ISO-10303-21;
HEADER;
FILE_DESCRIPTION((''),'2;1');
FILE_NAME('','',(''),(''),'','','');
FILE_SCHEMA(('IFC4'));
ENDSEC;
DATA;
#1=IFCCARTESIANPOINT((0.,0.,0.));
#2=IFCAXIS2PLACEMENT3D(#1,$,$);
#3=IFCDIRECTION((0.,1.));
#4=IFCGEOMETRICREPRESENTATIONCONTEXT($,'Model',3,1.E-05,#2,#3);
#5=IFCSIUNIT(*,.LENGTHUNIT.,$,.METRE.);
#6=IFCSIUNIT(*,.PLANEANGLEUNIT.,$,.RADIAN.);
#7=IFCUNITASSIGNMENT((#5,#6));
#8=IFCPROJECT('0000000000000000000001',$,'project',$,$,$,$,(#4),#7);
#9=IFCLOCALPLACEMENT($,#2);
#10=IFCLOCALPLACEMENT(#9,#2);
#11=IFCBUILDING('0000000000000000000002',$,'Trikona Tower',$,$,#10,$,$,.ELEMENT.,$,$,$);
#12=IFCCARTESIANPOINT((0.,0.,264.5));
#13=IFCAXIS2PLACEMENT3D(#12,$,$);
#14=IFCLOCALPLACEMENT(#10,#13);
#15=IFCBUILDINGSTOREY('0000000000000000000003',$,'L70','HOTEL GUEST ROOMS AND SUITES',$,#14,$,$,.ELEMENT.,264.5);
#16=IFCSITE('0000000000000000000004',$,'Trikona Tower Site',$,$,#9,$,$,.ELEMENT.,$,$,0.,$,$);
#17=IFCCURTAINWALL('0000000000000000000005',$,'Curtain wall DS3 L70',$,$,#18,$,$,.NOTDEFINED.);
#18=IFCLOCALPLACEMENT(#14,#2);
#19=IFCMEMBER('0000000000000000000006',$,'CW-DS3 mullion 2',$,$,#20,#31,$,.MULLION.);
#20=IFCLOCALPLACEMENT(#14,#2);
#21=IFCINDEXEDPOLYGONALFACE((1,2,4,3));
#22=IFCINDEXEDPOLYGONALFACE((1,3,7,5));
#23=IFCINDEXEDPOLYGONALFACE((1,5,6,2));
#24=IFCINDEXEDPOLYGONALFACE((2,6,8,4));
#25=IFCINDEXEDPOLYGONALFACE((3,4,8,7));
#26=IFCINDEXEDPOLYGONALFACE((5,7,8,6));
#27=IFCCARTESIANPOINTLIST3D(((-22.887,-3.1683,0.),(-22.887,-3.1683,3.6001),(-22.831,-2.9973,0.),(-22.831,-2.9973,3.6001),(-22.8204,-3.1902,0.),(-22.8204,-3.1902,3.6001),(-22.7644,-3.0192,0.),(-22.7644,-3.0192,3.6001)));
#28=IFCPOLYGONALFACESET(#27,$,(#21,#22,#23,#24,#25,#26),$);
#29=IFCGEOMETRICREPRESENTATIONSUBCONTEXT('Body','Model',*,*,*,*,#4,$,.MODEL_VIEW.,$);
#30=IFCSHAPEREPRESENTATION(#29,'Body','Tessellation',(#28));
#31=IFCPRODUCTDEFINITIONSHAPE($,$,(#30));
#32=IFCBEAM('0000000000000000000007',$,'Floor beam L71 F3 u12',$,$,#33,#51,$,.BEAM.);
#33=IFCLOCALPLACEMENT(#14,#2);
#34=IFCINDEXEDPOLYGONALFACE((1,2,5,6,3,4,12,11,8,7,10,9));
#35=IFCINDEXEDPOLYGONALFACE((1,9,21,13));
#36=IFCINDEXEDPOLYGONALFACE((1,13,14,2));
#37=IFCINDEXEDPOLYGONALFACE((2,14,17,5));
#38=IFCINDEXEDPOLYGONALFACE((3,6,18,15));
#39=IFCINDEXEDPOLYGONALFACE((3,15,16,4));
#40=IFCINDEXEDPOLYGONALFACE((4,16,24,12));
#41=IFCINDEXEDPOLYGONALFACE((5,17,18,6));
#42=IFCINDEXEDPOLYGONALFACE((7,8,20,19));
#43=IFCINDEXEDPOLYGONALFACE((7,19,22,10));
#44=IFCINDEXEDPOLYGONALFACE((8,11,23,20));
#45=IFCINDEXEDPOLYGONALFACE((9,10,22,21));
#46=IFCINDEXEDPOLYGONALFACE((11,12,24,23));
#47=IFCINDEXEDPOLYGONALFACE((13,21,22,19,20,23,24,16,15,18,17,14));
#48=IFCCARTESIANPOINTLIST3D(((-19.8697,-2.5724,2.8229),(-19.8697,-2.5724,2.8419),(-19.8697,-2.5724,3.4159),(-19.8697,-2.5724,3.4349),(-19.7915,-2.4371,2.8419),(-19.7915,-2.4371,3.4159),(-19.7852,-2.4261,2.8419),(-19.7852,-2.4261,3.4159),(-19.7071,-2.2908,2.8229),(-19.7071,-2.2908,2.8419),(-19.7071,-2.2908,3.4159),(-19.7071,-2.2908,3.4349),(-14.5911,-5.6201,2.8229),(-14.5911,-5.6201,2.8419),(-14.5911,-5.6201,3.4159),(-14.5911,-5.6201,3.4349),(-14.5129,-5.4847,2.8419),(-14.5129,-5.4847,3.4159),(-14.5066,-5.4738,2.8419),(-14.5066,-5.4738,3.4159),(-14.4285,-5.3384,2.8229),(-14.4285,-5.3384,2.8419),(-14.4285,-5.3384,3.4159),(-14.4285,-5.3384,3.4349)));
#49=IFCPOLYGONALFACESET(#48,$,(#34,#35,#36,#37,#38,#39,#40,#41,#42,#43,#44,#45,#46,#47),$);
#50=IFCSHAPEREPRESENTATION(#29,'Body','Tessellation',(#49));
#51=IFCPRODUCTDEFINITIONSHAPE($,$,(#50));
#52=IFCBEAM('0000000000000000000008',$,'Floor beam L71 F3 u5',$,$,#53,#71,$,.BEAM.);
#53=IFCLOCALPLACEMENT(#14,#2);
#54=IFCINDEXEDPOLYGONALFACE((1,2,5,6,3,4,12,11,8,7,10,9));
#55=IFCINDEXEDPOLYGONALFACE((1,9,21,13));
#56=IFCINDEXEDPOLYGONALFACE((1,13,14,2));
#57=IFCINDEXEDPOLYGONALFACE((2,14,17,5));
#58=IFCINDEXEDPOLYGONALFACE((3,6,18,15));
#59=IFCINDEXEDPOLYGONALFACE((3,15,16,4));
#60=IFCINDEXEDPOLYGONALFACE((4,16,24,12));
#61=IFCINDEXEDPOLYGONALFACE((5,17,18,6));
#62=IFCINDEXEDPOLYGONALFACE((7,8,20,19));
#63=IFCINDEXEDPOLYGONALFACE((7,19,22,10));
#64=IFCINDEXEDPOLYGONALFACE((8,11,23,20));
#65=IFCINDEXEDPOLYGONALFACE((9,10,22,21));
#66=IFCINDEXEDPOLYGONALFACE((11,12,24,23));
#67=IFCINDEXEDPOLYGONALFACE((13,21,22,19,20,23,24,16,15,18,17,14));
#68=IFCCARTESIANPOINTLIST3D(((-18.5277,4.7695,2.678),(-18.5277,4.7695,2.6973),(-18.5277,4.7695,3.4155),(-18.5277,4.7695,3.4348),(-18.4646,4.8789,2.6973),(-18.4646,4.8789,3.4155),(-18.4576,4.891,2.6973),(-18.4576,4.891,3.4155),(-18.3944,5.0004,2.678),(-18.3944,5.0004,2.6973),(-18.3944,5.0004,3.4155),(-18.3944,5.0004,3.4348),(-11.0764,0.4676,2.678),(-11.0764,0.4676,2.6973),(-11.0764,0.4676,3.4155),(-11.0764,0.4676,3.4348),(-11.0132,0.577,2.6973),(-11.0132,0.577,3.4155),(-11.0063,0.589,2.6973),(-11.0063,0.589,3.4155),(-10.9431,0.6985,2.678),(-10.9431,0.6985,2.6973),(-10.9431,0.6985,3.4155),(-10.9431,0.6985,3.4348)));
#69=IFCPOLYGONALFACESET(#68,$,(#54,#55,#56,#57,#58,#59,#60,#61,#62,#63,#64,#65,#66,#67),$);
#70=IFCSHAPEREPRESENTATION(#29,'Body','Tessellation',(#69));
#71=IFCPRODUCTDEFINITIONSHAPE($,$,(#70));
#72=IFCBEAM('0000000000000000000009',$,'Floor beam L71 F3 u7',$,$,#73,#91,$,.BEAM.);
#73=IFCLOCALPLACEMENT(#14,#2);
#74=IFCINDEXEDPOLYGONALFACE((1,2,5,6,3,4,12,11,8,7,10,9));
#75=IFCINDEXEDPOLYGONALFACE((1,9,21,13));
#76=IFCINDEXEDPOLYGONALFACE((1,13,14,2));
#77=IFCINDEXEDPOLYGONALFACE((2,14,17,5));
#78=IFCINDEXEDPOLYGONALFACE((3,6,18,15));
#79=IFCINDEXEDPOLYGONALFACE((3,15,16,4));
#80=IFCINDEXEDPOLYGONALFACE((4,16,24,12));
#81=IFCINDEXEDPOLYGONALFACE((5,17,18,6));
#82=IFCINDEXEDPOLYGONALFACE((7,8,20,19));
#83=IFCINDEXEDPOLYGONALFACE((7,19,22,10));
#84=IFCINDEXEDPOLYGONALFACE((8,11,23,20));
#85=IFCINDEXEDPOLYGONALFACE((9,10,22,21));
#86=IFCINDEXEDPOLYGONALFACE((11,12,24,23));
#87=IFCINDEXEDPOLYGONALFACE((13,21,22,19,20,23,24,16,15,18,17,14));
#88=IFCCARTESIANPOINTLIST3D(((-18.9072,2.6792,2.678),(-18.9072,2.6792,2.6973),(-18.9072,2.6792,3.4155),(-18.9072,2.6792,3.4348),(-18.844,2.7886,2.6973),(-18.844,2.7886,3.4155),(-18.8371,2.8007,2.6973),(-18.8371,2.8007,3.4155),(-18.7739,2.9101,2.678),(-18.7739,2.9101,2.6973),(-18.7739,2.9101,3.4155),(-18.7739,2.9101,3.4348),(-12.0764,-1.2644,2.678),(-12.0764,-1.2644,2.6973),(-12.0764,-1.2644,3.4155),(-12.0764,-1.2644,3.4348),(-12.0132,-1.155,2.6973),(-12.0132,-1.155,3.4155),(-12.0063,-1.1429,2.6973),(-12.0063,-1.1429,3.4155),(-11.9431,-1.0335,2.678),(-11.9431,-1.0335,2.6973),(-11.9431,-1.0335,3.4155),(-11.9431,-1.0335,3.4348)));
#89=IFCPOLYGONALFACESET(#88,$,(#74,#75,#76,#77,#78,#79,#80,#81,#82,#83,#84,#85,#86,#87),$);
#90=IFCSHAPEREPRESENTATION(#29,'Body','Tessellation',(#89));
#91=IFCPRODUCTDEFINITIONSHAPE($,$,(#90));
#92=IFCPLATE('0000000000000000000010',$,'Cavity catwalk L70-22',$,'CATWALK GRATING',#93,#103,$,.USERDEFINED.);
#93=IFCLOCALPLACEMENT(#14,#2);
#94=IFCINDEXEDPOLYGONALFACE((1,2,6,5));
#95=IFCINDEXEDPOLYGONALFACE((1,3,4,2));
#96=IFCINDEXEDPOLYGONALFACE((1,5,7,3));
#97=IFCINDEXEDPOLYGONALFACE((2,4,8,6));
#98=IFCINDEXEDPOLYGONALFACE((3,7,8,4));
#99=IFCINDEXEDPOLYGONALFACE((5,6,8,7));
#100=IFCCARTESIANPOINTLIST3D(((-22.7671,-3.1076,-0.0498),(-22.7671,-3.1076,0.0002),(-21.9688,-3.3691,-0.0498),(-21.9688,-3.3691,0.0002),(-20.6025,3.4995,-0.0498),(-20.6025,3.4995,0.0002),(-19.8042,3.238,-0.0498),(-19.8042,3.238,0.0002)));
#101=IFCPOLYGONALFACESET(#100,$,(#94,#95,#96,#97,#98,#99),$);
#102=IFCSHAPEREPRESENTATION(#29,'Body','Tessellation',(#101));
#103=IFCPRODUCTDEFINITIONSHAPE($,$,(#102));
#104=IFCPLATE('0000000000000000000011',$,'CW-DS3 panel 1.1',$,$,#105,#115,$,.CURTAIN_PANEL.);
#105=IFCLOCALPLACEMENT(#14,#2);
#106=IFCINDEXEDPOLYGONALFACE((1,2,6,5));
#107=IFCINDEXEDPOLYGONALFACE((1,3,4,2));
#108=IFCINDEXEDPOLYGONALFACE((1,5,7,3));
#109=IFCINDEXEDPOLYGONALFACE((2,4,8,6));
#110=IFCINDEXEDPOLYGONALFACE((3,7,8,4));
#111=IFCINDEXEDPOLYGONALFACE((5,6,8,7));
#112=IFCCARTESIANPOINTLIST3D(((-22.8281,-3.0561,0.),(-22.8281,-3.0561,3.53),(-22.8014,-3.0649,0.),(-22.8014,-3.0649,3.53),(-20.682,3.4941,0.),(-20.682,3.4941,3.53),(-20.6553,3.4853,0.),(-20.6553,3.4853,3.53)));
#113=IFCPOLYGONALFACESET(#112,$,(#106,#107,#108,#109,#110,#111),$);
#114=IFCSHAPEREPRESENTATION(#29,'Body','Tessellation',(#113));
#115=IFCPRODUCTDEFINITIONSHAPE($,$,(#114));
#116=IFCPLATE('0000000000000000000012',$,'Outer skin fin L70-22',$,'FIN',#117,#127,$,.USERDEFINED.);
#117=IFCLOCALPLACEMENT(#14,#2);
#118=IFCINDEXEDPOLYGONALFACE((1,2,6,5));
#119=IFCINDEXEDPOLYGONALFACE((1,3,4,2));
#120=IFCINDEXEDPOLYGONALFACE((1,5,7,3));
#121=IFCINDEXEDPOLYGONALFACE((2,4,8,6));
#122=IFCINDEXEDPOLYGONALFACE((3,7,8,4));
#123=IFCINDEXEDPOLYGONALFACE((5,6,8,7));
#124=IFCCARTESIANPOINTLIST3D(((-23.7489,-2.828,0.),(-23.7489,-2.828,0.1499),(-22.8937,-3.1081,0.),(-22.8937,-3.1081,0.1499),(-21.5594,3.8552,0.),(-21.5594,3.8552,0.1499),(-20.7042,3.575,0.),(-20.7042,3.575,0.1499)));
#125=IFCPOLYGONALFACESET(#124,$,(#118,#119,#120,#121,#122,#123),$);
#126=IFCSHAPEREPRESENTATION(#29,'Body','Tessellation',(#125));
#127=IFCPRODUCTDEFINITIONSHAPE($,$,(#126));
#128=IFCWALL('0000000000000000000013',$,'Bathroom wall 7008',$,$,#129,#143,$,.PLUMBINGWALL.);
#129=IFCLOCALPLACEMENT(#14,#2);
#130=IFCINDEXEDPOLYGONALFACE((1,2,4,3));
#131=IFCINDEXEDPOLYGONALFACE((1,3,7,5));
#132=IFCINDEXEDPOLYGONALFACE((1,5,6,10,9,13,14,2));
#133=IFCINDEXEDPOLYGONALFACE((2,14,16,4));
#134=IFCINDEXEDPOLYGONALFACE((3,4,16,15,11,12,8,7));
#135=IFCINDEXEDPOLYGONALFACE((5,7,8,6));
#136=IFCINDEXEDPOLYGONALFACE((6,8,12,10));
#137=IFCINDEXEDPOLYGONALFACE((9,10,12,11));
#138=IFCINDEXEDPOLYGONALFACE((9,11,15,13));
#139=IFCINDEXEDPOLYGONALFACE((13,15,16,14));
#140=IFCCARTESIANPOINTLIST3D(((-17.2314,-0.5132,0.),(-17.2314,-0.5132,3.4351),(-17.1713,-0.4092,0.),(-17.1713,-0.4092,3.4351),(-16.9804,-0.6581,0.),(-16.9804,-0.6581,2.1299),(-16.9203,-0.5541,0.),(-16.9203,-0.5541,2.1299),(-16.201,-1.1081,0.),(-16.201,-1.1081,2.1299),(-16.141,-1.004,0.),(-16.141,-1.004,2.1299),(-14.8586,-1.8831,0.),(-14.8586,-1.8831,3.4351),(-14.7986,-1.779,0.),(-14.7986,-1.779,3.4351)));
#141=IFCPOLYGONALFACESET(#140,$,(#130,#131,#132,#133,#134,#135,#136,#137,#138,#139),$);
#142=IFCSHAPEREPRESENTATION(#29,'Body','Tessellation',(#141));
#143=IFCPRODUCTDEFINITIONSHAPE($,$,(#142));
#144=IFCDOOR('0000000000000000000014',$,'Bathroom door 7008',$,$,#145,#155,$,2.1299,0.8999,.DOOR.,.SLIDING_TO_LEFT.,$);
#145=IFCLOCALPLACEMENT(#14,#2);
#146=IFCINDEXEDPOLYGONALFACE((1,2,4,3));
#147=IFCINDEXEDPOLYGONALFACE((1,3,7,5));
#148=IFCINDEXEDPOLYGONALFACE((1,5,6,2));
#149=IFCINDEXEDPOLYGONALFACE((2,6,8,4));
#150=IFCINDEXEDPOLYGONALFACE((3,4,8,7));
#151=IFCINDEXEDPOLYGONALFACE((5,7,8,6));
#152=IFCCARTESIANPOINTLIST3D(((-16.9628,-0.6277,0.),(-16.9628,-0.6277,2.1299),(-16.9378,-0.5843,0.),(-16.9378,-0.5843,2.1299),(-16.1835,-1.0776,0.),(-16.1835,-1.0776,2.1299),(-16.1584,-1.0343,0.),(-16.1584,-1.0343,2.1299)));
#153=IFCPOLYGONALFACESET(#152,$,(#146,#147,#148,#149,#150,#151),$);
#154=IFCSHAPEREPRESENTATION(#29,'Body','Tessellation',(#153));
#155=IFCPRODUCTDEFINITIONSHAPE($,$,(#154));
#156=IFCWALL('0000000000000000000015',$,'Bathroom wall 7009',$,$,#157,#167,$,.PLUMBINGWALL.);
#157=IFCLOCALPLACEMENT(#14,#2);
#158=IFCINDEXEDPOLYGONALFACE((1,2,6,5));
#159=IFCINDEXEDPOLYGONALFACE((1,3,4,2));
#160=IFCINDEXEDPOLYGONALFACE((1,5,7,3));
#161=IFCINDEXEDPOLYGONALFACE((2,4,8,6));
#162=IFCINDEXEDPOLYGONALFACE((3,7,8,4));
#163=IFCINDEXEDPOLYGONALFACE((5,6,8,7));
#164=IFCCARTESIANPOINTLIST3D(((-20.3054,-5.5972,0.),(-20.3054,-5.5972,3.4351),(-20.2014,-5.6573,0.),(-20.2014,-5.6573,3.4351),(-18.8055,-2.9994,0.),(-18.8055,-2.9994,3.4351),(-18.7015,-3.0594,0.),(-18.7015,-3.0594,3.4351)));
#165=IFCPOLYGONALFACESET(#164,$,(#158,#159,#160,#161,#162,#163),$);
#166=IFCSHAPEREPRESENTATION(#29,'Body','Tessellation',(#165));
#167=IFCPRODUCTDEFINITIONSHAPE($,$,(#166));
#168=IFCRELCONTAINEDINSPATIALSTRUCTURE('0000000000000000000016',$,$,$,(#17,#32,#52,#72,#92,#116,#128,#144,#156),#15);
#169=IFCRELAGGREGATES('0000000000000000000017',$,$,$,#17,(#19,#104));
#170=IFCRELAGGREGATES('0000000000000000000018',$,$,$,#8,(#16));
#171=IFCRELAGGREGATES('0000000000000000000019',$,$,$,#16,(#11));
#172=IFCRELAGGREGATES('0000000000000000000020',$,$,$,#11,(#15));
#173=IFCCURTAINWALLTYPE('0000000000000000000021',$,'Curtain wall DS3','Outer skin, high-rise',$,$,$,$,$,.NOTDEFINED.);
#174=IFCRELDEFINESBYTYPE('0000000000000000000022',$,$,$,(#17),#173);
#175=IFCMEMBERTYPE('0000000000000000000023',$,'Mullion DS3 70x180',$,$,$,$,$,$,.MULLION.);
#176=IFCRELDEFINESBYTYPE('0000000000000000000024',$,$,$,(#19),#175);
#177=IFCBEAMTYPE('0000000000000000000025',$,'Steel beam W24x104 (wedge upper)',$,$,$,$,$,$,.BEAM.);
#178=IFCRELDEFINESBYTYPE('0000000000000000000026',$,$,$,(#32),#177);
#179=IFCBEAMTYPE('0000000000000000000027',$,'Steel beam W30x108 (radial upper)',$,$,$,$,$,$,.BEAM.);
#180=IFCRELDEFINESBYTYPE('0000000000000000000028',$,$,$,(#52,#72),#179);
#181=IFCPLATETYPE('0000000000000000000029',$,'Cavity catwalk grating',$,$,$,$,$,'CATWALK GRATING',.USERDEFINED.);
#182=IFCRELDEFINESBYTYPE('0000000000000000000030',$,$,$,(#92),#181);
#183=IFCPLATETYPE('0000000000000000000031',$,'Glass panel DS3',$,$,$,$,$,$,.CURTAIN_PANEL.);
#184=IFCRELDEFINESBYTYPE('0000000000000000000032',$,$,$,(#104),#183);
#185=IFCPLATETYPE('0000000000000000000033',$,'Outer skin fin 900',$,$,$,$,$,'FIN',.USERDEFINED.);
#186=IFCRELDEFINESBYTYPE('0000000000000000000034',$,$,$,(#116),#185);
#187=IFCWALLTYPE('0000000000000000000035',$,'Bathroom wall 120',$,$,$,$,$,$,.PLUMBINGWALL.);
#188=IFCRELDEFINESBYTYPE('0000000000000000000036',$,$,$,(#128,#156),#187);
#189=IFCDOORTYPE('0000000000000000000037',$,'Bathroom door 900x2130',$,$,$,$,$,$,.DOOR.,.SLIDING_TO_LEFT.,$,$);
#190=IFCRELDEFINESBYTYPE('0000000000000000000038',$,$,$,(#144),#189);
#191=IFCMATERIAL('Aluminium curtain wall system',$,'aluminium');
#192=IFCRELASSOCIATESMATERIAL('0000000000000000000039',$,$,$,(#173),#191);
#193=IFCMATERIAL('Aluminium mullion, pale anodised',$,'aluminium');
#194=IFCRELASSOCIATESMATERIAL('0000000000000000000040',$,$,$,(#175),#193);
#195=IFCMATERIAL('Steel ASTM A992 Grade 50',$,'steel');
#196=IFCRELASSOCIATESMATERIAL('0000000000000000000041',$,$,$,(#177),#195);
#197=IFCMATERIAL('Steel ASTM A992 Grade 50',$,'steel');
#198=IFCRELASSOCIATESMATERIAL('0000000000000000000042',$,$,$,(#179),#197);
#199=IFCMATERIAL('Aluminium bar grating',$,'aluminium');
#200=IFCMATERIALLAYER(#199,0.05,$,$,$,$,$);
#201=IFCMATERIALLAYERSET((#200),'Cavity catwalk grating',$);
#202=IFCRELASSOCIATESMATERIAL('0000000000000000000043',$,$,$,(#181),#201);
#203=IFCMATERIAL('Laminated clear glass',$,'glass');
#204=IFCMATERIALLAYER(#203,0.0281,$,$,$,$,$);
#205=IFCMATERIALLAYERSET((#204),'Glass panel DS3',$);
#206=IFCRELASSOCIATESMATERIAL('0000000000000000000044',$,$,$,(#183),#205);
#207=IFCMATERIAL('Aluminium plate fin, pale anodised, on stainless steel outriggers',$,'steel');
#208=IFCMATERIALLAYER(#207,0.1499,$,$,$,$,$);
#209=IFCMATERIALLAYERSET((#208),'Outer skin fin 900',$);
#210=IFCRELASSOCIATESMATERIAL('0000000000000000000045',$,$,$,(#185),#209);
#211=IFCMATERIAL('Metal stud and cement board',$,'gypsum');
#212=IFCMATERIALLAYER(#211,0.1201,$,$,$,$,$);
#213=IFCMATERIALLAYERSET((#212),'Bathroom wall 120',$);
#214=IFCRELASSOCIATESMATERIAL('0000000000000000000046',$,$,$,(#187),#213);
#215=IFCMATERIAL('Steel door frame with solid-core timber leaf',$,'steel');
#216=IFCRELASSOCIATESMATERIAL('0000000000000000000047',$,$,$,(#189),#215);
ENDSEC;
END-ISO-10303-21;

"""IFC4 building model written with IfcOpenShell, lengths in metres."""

from ifc_helpers import new_model, si_unit, direction, frame, frame_2d, origin, origin_2d, place, context, subcontext, project, spatial, rectangle, i_section, extrude, material, layer, layer_set, material_profile, profile_set, type_object, element, fill, aggregate, save


model = new_model("IFC4")

# Units and contexts
model_context = context("Model", 3, precision=1e-05, world=origin(), true_north=direction((0.0, 1.0)))
body_context = subcontext(model_context, "Body", "Model", "MODEL_VIEW")
ifc_project = project(units=[si_unit("LENGTHUNIT", "METRE"), si_unit("PLANEANGLEUNIT", "RADIAN")], contexts=[model_context])

# Site, building, storey
site_placement = place(None, origin())
site = spatial("IfcSite", under=ifc_project, at=site_placement, Name="Trikona Tower Site", CompositionType="ELEMENT", RefElevation=0.0)
building_placement = place(site_placement, origin())
building = spatial("IfcBuilding", under=site, at=building_placement, Name="Trikona Tower", CompositionType="ELEMENT")
storey_placement = place(building_placement, frame((0.0, 0.0, 264.5)))
storey = spatial("IfcBuildingStorey", under=building, at=storey_placement, Name="L70", Description="HOTEL GUEST ROOMS AND SUITES", CompositionType="ELEMENT", Elevation=264.5)

# Curtain wall, member
ifc_material_1 = material(Name="Aluminium curtain wall system", Category="aluminium")
curtain_wall_type = type_object("IfcCurtainWallType", Name="Curtain wall DS3", Description="Outer skin, high-rise", PredefinedType="NOTDEFINED", material=ifc_material_1)
curtain_wall_placement = place(storey_placement, origin())
curtain_wall = element("IfcCurtainWall", 1, at=curtain_wall_placement, inside=storey, type_object=curtain_wall_type, Name="Curtain wall DS3 L70", PredefinedType="NOTDEFINED")
ifc_material_2 = material(Name="Aluminium mullion, pale anodised", Category="aluminium")
ifc_material_profile_1 = material_profile(ifc_material_2, rectangle(XDim=0.0701, YDim=0.1799, at=origin_2d()), Name="MUL-DS3")
ifc_profile_set_1 = profile_set([ifc_material_profile_1], Name="Aluminium mullion, pale anodised")
member_type = type_object("IfcMemberType", Name="Mullion DS3 70x180", PredefinedType="MULLION", material=ifc_profile_set_1)
member_placement = place(storey_placement, frame((-22.8257, -3.0938, 0.0), z_axis=(0.0, 0.0, 1.0), x_axis=(0.950297, -0.311344, 0.0)))
member = element("IfcMember", 2, at=member_placement, type_object=member_type, Name="CW-DS3 mullion 2", PredefinedType="MULLION", context=body_context, shape_type="SweptSolid", body=[
    extrude(rectangle(XDim=0.0701, YDim=0.1799, at=origin_2d()), origin(), (0.0, 0.0, 1.0), 3.6001),
])

# Beams
ifc_material_3 = material(Name="Steel ASTM A992 Grade 50", Category="steel")
ifc_material_profile_2 = material_profile(ifc_material_3, i_section(OverallWidth=0.3252, OverallDepth=0.6121, WebThickness=0.0127, FlangeThickness=0.019, at=origin_2d()), Name="W24X104")
ifc_profile_set_2 = profile_set([ifc_material_profile_2], Name="Steel ASTM A992 Grade 50")
beam_type_1 = type_object("IfcBeamType", Name="Steel beam W24x104 (wedge upper)", PredefinedType="BEAM", material=ifc_profile_set_2)
beam_1_placement = place(storey_placement, frame((-14.5098, -5.4792, 3.1289), z_axis=(-0.866023, 0.500003, 0.0), x_axis=(-0.500003, -0.866023, 0.0)))
element("IfcBeam", 3, at=beam_1_placement, inside=storey, type_object=beam_type_1, Name="Floor beam L71 F3 u12", PredefinedType="BEAM", context=body_context, shape_type="SweptSolid", body=[
    extrude(i_section(OverallWidth=0.3252, OverallDepth=0.6121, WebThickness=0.0127, FlangeThickness=0.019, at=origin_2d()), origin(), (0.0, 0.0, 1.0), 6.0952),
])
ifc_material_4 = material(Name="Steel ASTM A992 Grade 50", Category="steel")
ifc_material_profile_3 = material_profile(ifc_material_4, i_section(OverallWidth=0.2666, OverallDepth=0.7568, WebThickness=0.0139, FlangeThickness=0.0193, at=origin_2d()), Name="W30X108")
ifc_profile_set_3 = profile_set([ifc_material_profile_3], Name="Steel ASTM A992 Grade 50")
beam_type_2 = type_object("IfcBeamType", Name="Steel beam W30x108 (radial upper)", PredefinedType="BEAM", material=ifc_profile_set_3)
beam_2_placement = place(storey_placement, frame((-11.0098, 0.583, 3.0564), z_axis=(-0.866029, 0.499993, 0.0), x_axis=(-0.499993, -0.866029, 0.0)))
element("IfcBeam", 4, at=beam_2_placement, inside=storey, type_object=beam_type_2, Name="Floor beam L71 F3 u5", PredefinedType="BEAM", context=body_context, shape_type="SweptSolid", body=[
    extrude(i_section(OverallWidth=0.2666, OverallDepth=0.7568, WebThickness=0.0139, FlangeThickness=0.0193, at=origin_2d()), origin(), (0.0, 0.0, 1.0), 8.604),
])
beam_3_placement = place(storey_placement, frame((-12.0098, -1.1489, 3.0564), z_axis=(-0.866035, 0.499984, 0.0), x_axis=(-0.499984, -0.866035, 0.0)))
element("IfcBeam", 5, at=beam_3_placement, inside=storey, type_object=beam_type_2, Name="Floor beam L71 F3 u7", PredefinedType="BEAM", context=body_context, shape_type="SweptSolid", body=[
    extrude(i_section(OverallWidth=0.2666, OverallDepth=0.7568, WebThickness=0.0139, FlangeThickness=0.0193, at=origin_2d()), origin(), (0.0, 0.0, 1.0), 7.8875),
])

# Plates
ifc_material_5 = material(Name="Aluminium bar grating", Category="aluminium")
ifc_layer_1 = layer(ifc_material_5, 0.05)
ifc_layer_set_1 = layer_set([ifc_layer_1], Name="Cavity catwalk grating")
plate_type_1 = type_object("IfcPlateType", Name="Cavity catwalk grating", ElementType="CATWALK GRATING", PredefinedType="USERDEFINED", material=ifc_layer_set_1)
plate_1_placement = place(storey_placement, frame((-21.2856, 0.0652, -0.0498), z_axis=(0.0, 0.0, 1.0), x_axis=(-0.311337, -0.9503, 0.0)))
element("IfcPlate", 6, at=plate_1_placement, inside=storey, type_object=plate_type_1, Name="Cavity catwalk L70-22", ObjectType="CATWALK GRATING", PredefinedType="USERDEFINED", context=body_context, shape_type="SweptSolid", body=[
    extrude(rectangle(XDim=6.9526, YDim=0.8401, at=origin_2d()), origin(), (0.0, 0.0, 1.0), 0.05),
])
ifc_material_6 = material(Name="Laminated clear glass", Category="glass")
ifc_layer_2 = layer(ifc_material_6, 0.0281)
ifc_layer_set_2 = layer_set([ifc_layer_2], Name="Glass panel DS3")
plate_type_2 = type_object("IfcPlateType", Name="Glass panel DS3", PredefinedType="CURTAIN_PANEL", material=ifc_layer_set_2)
plate_2_placement = place(storey_placement, frame((-21.7417, 0.2146, 0.0), z_axis=(0.0, 0.0, 1.0), x_axis=(-0.311344, -0.950297, 0.0)))
plate_2 = element("IfcPlate", 7, at=plate_2_placement, type_object=plate_type_2, Name="CW-DS3 panel 1.1", PredefinedType="CURTAIN_PANEL", context=body_context, shape_type="SweptSolid", body=[
    extrude(rectangle(XDim=6.8928, YDim=0.0281, at=origin_2d()), origin(), (0.0, 0.0, 1.0), 3.53),
])
aggregate(curtain_wall, [member, plate_2])
ifc_material_7 = material(Name="Aluminium plate fin, pale anodised, on stainless steel outriggers", Category="steel")
ifc_layer_3 = layer(ifc_material_7, 0.1499)
ifc_layer_set_3 = layer_set([ifc_layer_3], Name="Outer skin fin 900")
plate_type_3 = type_object("IfcPlateType", Name="Outer skin fin 900", ElementType="FIN", PredefinedType="USERDEFINED", material=ifc_layer_set_3)
plate_3_placement = place(storey_placement, frame((-22.2266, 0.3735, 0.0), z_axis=(0.0, 0.0, 1.0), x_axis=(-0.311337, -0.9503, 0.0)))
element("IfcPlate", 8, at=plate_3_placement, inside=storey, type_object=plate_type_3, Name="Outer skin fin L70-22", ObjectType="FIN", PredefinedType="USERDEFINED", context=body_context, shape_type="SweptSolid", body=[
    extrude(rectangle(XDim=7.0327, YDim=0.8999, at=origin_2d()), origin(), (0.0, 0.0, 1.0), 0.1499),
])

# Wall, opening, door
ifc_material_8 = material(Name="Metal stud and cement board", Category="gypsum")
ifc_layer_4 = layer(ifc_material_8, 0.1201)
ifc_layer_set_4 = layer_set([ifc_layer_4], Name="Bathroom wall 120")
wall_type_1 = type_object("IfcWallType", Name="Bathroom wall 120", PredefinedType="PLUMBINGWALL", material=ifc_layer_set_4)
wall_1_placement = place(storey_placement, frame((-14.8286, -1.8311, 0.0), z_axis=(0.0, 0.0, 1.0), x_axis=(-0.866036, 0.499982, 0.0)))
wall_1 = element("IfcWall", 9, at=wall_1_placement, inside=storey, type_object=wall_type_1, Name="Bathroom wall 7008", PredefinedType="PLUMBINGWALL", context=body_context, shape_type="SweptSolid", body=[
    extrude(rectangle(XDim=2.7397, YDim=0.1201, at=frame_2d((1.3699, 0.0))), origin(), (0.0, 0.0, 1.0), 3.4351),
])
opening_1_placement = place(wall_1_placement, frame((1.55, 0.0, 0.0)))
opening_1 = element("IfcOpeningElement", 10, at=opening_1_placement, cuts=wall_1, PredefinedType="OPENING", context=body_context, shape_type="SweptSolid", body=[
    extrude(rectangle(XDim=0.8999, YDim=2.1299, at=frame_2d((0.45, 1.0649))), frame((0.0, 0.0701, 0.0), z_axis=(0.0, -1.0, 0.0), x_axis=(1.0, 0.0, 0.0)), (0.0, 0.0, 1.0), 0.1401),
])
ifc_material_9 = material(Name="Steel door frame with solid-core timber leaf", Category="steel")
door_type_1 = type_object("IfcDoorType", Name="Bathroom door 900x2130", OperationType="SLIDING_TO_LEFT", PredefinedType="DOOR", material=ifc_material_9)
door_1_placement = place(opening_1_placement, origin())
door_1 = element("IfcDoor", 11, at=door_1_placement, inside=storey, type_object=door_type_1, Name="Bathroom door 7008", OperationType="SLIDING_TO_LEFT", OverallHeight=2.1299, OverallWidth=0.8999, PredefinedType="DOOR", context=body_context, shape_type="SweptSolid", body=[
    extrude(rectangle(XDim=0.8999, YDim=2.1299, at=frame_2d((0.45, 1.0649))), frame((0.0, 0.0249, 0.0), z_axis=(0.0, -1.0, 0.0), x_axis=(1.0, 0.0, 0.0)), (0.0, 0.0, 1.0), 0.05),
])
fill(opening_1, door_1)

# Wall
wall_2_placement = place(storey_placement, frame((-18.7534, -3.0293, 0.0), z_axis=(0.0, 0.0, 1.0), x_axis=(-0.500025, -0.866011, 0.0)))
element("IfcWall", 12, at=wall_2_placement, inside=storey, type_object=wall_type_1, Name="Bathroom wall 7009", PredefinedType="PLUMBINGWALL", context=body_context, shape_type="SweptSolid", body=[
    extrude(rectangle(XDim=2.9998, YDim=0.1201, at=frame_2d((1.5, 0.0))), origin(), (0.0, 0.0, 1.0), 3.4351),
])

save(model, "model.ifc")
